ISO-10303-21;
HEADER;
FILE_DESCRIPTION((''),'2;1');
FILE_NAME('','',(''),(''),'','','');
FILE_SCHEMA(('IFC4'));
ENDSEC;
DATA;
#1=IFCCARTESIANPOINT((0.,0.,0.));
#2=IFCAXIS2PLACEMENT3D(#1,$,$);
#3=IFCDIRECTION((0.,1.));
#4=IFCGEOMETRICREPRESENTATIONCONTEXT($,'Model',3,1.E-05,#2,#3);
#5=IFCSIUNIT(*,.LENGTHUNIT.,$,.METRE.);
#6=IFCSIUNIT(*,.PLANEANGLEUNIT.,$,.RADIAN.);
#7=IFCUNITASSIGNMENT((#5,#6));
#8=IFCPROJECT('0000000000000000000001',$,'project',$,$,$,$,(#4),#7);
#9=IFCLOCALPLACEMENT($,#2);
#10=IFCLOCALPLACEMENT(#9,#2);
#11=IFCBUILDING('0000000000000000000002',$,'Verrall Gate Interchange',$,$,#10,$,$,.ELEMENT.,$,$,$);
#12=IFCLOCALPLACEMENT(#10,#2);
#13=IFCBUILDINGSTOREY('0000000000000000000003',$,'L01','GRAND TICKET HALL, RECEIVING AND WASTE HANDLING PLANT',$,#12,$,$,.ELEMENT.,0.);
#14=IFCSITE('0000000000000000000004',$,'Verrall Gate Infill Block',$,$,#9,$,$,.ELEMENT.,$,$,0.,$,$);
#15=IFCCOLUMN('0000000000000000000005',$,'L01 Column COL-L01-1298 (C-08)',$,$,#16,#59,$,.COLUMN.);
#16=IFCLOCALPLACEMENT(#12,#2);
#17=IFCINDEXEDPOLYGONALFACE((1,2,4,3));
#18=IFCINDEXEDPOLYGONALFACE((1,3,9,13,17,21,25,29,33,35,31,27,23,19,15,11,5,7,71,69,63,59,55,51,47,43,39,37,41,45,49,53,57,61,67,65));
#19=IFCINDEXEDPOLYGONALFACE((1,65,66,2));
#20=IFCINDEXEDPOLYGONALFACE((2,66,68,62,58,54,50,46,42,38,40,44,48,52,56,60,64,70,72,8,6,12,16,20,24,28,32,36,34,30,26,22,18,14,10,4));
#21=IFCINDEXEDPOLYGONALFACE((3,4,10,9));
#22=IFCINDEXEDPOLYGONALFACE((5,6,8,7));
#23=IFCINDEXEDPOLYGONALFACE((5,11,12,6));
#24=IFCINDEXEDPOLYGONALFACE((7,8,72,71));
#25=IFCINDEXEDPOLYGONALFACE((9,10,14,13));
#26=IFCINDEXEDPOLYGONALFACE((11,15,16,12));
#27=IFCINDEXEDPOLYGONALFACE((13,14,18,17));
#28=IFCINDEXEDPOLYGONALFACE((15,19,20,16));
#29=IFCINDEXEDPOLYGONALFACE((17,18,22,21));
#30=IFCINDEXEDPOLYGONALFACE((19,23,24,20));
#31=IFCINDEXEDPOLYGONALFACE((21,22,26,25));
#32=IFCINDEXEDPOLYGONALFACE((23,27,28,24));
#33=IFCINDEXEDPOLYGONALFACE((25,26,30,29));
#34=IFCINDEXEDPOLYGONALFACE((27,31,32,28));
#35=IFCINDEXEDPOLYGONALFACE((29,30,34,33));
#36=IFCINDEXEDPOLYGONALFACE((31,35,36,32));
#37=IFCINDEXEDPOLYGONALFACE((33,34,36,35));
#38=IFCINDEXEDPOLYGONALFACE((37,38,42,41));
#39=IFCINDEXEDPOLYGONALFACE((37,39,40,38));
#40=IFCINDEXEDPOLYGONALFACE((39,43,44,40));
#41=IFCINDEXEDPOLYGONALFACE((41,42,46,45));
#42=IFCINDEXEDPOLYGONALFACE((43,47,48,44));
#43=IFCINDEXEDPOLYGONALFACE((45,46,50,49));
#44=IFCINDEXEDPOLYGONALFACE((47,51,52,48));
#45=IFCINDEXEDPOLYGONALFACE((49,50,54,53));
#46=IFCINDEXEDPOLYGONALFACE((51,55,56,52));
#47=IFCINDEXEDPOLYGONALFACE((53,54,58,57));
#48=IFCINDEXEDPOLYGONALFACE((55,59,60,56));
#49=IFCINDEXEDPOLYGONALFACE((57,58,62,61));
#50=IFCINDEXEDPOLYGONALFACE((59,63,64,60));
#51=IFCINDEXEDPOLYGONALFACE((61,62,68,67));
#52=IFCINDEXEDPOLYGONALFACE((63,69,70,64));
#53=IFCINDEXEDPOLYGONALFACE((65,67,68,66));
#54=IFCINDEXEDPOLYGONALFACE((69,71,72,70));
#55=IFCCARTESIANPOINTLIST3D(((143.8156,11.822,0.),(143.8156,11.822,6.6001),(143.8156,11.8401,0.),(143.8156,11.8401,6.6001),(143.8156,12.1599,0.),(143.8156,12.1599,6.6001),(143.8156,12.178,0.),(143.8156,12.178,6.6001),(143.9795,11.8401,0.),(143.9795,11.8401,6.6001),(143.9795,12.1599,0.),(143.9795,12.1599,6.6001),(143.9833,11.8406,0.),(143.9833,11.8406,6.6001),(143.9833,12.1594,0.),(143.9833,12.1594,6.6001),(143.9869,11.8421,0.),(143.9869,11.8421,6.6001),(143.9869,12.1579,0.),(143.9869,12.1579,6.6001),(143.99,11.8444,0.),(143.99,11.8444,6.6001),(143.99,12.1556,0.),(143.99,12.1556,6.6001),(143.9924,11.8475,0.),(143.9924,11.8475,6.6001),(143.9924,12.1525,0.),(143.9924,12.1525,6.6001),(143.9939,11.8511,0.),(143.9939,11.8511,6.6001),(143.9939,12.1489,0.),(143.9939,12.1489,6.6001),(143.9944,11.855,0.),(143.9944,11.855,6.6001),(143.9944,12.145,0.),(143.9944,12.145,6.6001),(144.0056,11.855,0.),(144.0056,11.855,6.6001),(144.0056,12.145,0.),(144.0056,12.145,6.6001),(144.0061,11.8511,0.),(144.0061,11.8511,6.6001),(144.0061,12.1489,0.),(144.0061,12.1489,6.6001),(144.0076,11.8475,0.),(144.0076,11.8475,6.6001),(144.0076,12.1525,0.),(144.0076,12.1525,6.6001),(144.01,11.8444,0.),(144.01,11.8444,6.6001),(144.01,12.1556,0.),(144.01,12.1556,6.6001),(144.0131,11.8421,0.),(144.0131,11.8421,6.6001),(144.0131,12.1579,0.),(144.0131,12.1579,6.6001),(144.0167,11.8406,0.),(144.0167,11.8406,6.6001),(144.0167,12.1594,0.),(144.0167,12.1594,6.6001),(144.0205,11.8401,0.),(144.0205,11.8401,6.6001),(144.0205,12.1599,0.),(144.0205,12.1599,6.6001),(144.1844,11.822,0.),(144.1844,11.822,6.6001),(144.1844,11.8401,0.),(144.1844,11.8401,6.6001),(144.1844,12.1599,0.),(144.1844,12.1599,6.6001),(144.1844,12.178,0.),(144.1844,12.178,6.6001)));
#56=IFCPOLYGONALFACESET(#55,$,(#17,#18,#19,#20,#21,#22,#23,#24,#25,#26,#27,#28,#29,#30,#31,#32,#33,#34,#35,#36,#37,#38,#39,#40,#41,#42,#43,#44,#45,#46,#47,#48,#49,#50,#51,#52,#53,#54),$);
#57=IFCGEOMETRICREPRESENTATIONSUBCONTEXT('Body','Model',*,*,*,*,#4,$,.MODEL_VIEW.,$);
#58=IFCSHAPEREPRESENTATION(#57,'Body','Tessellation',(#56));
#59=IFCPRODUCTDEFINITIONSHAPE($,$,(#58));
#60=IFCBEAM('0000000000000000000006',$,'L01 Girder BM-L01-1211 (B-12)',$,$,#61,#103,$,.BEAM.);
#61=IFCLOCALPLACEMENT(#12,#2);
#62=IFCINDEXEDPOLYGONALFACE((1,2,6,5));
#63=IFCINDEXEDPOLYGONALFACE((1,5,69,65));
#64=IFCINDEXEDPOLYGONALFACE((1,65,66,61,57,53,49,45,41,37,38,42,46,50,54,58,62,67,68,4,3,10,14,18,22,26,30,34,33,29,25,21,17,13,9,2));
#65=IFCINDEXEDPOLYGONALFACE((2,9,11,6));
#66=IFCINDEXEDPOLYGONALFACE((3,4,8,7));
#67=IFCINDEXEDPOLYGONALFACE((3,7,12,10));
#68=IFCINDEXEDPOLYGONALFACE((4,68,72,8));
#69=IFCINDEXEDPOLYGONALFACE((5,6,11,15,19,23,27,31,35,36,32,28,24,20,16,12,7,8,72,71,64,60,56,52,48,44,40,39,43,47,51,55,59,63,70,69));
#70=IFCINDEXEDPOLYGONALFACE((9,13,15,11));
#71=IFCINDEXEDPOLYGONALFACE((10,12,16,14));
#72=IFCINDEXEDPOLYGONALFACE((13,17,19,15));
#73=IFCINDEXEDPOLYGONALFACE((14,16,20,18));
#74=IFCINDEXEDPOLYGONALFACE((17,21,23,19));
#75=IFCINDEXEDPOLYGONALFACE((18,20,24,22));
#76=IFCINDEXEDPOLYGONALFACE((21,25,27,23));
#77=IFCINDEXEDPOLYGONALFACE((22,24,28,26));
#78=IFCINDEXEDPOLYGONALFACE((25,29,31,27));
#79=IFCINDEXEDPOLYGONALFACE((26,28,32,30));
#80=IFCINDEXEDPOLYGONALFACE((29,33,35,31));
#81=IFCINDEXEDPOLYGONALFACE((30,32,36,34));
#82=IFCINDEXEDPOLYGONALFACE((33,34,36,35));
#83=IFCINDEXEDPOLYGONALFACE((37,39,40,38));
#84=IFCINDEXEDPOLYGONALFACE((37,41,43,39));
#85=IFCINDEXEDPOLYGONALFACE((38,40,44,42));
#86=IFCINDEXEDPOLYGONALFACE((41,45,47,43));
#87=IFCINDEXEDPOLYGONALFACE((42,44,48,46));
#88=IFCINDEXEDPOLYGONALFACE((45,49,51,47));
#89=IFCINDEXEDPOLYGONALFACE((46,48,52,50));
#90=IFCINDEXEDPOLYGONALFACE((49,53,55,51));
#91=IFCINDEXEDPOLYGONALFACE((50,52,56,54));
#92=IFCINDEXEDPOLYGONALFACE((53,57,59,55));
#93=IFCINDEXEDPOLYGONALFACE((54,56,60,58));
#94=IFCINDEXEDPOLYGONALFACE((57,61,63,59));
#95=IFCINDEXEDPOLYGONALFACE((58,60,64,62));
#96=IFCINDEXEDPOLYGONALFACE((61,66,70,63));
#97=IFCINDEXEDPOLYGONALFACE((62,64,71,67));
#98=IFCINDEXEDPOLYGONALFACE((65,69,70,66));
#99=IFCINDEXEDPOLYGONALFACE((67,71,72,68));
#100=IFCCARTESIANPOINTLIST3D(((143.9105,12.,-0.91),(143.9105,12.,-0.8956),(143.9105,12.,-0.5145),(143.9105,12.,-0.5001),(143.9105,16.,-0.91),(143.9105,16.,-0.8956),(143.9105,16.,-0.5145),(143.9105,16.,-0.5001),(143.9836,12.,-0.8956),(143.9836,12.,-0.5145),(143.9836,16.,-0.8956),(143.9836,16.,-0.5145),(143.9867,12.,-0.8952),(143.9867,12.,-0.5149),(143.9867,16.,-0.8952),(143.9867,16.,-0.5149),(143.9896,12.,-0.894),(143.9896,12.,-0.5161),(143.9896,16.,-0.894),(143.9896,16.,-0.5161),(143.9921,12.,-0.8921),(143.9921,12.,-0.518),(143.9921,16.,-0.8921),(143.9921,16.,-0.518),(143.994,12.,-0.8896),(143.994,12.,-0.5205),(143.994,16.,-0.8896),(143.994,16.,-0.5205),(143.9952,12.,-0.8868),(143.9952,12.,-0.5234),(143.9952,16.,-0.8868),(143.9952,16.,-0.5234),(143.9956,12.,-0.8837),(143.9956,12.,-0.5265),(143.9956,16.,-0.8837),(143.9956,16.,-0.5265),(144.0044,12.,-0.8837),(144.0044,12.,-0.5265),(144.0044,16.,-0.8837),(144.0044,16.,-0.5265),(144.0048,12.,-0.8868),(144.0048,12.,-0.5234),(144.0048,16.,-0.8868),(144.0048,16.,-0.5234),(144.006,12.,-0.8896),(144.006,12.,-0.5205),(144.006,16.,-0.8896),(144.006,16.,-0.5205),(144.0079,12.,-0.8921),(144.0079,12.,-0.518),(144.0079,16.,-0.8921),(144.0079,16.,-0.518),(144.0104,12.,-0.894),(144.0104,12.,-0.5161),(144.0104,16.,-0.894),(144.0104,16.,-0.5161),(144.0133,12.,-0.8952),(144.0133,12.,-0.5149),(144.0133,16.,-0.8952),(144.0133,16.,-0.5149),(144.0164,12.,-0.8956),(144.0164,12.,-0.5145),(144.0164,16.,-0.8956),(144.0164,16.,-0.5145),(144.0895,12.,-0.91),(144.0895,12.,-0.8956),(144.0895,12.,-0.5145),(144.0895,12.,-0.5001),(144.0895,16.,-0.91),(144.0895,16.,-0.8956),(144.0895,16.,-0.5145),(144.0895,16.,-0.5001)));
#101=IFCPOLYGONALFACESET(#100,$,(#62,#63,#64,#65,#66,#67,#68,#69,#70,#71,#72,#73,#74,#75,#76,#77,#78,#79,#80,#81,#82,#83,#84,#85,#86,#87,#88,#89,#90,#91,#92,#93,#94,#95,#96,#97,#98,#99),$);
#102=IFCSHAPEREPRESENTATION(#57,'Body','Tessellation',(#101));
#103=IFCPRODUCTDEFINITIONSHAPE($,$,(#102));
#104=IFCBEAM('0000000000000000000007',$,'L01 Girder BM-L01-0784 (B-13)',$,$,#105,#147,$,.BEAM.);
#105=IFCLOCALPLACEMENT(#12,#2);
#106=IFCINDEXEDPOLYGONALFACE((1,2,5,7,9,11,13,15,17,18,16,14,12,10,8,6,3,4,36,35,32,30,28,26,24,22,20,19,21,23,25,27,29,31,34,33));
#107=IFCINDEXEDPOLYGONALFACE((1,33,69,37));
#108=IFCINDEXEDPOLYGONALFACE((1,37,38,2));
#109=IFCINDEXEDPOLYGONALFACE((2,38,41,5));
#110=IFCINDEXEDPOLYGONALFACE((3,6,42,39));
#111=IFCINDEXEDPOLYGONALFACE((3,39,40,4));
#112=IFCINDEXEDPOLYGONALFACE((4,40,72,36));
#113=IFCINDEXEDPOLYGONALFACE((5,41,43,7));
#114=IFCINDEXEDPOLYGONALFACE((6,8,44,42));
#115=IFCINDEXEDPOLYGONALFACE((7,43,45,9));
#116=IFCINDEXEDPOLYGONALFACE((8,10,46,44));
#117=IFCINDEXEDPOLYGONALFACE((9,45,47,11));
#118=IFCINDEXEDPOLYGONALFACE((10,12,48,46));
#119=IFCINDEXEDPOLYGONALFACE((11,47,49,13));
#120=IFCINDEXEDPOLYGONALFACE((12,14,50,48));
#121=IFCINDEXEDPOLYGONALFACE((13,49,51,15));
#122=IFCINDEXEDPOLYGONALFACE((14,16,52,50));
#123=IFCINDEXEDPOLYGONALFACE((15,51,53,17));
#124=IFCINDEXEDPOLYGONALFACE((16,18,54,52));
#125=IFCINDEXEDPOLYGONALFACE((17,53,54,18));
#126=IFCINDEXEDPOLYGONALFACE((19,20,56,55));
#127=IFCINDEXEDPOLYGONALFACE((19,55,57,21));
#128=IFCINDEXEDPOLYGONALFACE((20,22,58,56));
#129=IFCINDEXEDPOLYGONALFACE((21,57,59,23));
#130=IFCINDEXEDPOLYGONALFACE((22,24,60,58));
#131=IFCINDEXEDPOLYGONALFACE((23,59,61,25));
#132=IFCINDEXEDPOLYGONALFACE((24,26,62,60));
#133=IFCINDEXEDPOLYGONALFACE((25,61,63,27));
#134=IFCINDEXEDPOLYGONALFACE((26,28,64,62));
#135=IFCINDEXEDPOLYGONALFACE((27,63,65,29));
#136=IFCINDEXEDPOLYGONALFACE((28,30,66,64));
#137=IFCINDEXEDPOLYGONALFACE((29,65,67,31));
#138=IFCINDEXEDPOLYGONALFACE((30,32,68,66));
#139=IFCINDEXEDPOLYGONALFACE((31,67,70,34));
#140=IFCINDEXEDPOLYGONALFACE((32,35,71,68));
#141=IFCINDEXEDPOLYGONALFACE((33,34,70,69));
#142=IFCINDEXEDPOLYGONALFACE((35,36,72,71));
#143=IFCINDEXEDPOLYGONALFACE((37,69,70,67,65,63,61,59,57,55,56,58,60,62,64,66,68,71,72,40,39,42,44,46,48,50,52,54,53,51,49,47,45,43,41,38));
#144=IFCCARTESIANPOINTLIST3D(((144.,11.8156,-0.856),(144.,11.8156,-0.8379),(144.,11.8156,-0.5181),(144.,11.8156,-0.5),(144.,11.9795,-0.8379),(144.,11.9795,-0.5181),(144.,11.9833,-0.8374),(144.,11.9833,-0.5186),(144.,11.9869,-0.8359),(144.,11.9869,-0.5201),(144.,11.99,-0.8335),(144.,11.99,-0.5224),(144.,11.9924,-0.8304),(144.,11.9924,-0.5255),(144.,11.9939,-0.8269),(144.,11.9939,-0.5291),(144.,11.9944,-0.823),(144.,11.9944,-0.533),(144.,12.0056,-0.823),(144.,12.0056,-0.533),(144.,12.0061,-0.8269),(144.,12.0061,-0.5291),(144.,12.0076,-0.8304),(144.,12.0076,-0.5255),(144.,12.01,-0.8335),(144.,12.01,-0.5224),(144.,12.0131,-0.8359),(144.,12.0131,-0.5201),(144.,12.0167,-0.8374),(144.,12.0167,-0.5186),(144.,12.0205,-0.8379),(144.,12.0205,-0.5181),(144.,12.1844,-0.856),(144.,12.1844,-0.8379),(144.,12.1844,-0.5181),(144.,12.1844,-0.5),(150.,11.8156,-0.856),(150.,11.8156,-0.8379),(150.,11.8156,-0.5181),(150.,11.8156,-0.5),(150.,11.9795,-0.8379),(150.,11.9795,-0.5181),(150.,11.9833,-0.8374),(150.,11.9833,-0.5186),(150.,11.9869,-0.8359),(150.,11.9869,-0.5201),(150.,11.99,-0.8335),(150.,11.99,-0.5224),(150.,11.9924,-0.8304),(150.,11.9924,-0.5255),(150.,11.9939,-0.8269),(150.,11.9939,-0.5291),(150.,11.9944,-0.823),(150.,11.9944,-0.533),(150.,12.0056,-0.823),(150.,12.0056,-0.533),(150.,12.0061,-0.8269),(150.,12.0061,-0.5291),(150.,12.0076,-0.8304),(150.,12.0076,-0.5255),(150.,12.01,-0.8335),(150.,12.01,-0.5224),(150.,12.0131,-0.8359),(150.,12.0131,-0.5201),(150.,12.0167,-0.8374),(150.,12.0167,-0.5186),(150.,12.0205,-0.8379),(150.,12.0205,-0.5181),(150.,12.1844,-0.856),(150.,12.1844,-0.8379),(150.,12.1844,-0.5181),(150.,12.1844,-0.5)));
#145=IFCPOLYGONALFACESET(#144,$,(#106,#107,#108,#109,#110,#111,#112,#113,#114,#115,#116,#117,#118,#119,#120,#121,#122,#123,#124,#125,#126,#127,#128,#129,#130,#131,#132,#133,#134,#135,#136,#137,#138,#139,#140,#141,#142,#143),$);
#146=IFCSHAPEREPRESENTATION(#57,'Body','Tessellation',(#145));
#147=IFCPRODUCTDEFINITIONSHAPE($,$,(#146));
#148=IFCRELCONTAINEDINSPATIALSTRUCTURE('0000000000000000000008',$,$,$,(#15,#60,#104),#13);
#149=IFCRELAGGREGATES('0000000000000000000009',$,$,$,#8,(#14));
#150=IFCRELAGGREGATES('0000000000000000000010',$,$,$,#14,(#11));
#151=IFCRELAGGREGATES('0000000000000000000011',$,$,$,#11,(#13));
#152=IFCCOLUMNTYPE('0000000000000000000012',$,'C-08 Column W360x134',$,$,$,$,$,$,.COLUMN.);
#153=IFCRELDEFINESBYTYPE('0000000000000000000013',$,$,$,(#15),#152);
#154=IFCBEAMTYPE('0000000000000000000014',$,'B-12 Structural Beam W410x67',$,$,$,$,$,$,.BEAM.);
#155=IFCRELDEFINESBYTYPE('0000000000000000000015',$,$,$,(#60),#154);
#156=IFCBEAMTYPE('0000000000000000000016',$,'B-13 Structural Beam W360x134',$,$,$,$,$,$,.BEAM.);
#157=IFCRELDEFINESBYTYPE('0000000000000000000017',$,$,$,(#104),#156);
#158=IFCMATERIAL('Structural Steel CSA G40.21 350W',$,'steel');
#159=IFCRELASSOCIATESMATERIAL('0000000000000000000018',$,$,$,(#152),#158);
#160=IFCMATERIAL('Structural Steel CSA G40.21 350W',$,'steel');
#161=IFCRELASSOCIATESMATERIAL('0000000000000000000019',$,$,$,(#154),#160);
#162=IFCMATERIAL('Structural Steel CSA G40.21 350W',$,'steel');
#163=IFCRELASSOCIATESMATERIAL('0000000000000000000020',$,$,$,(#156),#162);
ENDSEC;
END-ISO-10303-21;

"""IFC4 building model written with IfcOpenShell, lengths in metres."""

from ifc_helpers import new_model, si_unit, direction, frame, origin, origin_2d, place, context, subcontext, project, spatial, i_section, extrude, material, material_profile, profile_set, type_object, element, save


model = new_model("IFC4")

# Units and contexts
model_context = context("Model", 3, precision=1e-05, world=origin(), true_north=direction((0.0, 1.0)))
body_context = subcontext(model_context, "Body", "Model", "MODEL_VIEW")
ifc_project = project(units=[si_unit("LENGTHUNIT", "METRE"), si_unit("PLANEANGLEUNIT", "RADIAN")], contexts=[model_context])

# Site, building, storey
site_placement = place(None, origin())
site = spatial("IfcSite", under=ifc_project, at=site_placement, Name="Verrall Gate Infill Block", CompositionType="ELEMENT", RefElevation=0.0)
building_placement = place(site_placement, origin())
building = spatial("IfcBuilding", under=site, at=building_placement, Name="Verrall Gate Interchange", CompositionType="ELEMENT")
storey_placement = place(building_placement, origin())
storey = spatial("IfcBuildingStorey", under=building, at=storey_placement, Name="L01", Description="GRAND TICKET HALL, RECEIVING AND WASTE HANDLING PLANT", CompositionType="ELEMENT", Elevation=0.0)

# Column
ifc_material_1 = material(Name="Structural Steel CSA G40.21 350W", Category="steel")
ifc_material_profile_1 = material_profile(ifc_material_1, i_section(OverallWidth=0.3689, OverallDepth=0.356, WebThickness=0.0112, FlangeThickness=0.0181, FilletRadius=0.0149, at=origin_2d()), Name="W360x134")
ifc_profile_set_1 = profile_set([ifc_material_profile_1], Name="Structural Steel CSA G40.21 350W")
column_type = type_object("IfcColumnType", Name="C-08 Column W360x134", PredefinedType="COLUMN", material=ifc_profile_set_1)
column_placement = place(storey_placement, frame((144.0, 12.0, 0.0), z_axis=(0.0, 0.0, 1.0), x_axis=(1.0, 0.0, 0.0)))
element("IfcColumn", 1, at=column_placement, inside=storey, type_object=column_type, Name="L01 Column COL-L01-1298 (C-08)", PredefinedType="COLUMN", context=body_context, shape_type="SweptSolid", body=[
    extrude(i_section(OverallWidth=0.3689, OverallDepth=0.356, WebThickness=0.0112, FlangeThickness=0.0181, FilletRadius=0.0149, at=origin_2d()), origin(), (0.0, 0.0, 1.0), 6.6001),
])

# Beams
ifc_material_2 = material(Name="Structural Steel CSA G40.21 350W", Category="steel")
ifc_material_profile_2 = material_profile(ifc_material_2, i_section(OverallWidth=0.179, OverallDepth=0.4099, WebThickness=0.0088, FlangeThickness=0.0144, FilletRadius=0.012, at=origin_2d()), Name="W410x67")
ifc_profile_set_2 = profile_set([ifc_material_profile_2], Name="Structural Steel CSA G40.21 350W")
beam_type_1 = type_object("IfcBeamType", Name="B-12 Structural Beam W410x67", PredefinedType="BEAM", material=ifc_profile_set_2)
beam_1_placement = place(storey_placement, frame((144.0, 12.0, -0.7051), z_axis=(0.0, 1.0, 0.0), x_axis=(-1.0, 0.0, 0.0)))
element("IfcBeam", 2, at=beam_1_placement, inside=storey, type_object=beam_type_1, Name="L01 Girder BM-L01-1211 (B-12)", PredefinedType="BEAM", context=body_context, shape_type="SweptSolid", body=[
    extrude(i_section(OverallWidth=0.179, OverallDepth=0.4099, WebThickness=0.0088, FlangeThickness=0.0144, FilletRadius=0.012, at=origin_2d()), origin(), (0.0, 0.0, 1.0), 4.0),
])
ifc_material_3 = material(Name="Structural Steel CSA G40.21 350W", Category="steel")
ifc_material_profile_3 = material_profile(ifc_material_3, i_section(OverallWidth=0.3689, OverallDepth=0.356, WebThickness=0.0112, FlangeThickness=0.0181, FilletRadius=0.0149, at=origin_2d()), Name="W360x134")
ifc_profile_set_3 = profile_set([ifc_material_profile_3], Name="Structural Steel CSA G40.21 350W")
beam_type_2 = type_object("IfcBeamType", Name="B-13 Structural Beam W360x134", PredefinedType="BEAM", material=ifc_profile_set_3)
beam_2_placement = place(storey_placement, frame((144.0, 12.0, -0.678), z_axis=(1.0, 0.0, 0.0), x_axis=(0.0, 1.0, 0.0)))
element("IfcBeam", 3, at=beam_2_placement, inside=storey, type_object=beam_type_2, Name="L01 Girder BM-L01-0784 (B-13)", PredefinedType="BEAM", context=body_context, shape_type="SweptSolid", body=[
    extrude(i_section(OverallWidth=0.3689, OverallDepth=0.356, WebThickness=0.0112, FlangeThickness=0.0181, FilletRadius=0.0149, at=origin_2d()), origin(), (0.0, 0.0, 1.0), 6.0),
])

save(model, "model.ifc")
